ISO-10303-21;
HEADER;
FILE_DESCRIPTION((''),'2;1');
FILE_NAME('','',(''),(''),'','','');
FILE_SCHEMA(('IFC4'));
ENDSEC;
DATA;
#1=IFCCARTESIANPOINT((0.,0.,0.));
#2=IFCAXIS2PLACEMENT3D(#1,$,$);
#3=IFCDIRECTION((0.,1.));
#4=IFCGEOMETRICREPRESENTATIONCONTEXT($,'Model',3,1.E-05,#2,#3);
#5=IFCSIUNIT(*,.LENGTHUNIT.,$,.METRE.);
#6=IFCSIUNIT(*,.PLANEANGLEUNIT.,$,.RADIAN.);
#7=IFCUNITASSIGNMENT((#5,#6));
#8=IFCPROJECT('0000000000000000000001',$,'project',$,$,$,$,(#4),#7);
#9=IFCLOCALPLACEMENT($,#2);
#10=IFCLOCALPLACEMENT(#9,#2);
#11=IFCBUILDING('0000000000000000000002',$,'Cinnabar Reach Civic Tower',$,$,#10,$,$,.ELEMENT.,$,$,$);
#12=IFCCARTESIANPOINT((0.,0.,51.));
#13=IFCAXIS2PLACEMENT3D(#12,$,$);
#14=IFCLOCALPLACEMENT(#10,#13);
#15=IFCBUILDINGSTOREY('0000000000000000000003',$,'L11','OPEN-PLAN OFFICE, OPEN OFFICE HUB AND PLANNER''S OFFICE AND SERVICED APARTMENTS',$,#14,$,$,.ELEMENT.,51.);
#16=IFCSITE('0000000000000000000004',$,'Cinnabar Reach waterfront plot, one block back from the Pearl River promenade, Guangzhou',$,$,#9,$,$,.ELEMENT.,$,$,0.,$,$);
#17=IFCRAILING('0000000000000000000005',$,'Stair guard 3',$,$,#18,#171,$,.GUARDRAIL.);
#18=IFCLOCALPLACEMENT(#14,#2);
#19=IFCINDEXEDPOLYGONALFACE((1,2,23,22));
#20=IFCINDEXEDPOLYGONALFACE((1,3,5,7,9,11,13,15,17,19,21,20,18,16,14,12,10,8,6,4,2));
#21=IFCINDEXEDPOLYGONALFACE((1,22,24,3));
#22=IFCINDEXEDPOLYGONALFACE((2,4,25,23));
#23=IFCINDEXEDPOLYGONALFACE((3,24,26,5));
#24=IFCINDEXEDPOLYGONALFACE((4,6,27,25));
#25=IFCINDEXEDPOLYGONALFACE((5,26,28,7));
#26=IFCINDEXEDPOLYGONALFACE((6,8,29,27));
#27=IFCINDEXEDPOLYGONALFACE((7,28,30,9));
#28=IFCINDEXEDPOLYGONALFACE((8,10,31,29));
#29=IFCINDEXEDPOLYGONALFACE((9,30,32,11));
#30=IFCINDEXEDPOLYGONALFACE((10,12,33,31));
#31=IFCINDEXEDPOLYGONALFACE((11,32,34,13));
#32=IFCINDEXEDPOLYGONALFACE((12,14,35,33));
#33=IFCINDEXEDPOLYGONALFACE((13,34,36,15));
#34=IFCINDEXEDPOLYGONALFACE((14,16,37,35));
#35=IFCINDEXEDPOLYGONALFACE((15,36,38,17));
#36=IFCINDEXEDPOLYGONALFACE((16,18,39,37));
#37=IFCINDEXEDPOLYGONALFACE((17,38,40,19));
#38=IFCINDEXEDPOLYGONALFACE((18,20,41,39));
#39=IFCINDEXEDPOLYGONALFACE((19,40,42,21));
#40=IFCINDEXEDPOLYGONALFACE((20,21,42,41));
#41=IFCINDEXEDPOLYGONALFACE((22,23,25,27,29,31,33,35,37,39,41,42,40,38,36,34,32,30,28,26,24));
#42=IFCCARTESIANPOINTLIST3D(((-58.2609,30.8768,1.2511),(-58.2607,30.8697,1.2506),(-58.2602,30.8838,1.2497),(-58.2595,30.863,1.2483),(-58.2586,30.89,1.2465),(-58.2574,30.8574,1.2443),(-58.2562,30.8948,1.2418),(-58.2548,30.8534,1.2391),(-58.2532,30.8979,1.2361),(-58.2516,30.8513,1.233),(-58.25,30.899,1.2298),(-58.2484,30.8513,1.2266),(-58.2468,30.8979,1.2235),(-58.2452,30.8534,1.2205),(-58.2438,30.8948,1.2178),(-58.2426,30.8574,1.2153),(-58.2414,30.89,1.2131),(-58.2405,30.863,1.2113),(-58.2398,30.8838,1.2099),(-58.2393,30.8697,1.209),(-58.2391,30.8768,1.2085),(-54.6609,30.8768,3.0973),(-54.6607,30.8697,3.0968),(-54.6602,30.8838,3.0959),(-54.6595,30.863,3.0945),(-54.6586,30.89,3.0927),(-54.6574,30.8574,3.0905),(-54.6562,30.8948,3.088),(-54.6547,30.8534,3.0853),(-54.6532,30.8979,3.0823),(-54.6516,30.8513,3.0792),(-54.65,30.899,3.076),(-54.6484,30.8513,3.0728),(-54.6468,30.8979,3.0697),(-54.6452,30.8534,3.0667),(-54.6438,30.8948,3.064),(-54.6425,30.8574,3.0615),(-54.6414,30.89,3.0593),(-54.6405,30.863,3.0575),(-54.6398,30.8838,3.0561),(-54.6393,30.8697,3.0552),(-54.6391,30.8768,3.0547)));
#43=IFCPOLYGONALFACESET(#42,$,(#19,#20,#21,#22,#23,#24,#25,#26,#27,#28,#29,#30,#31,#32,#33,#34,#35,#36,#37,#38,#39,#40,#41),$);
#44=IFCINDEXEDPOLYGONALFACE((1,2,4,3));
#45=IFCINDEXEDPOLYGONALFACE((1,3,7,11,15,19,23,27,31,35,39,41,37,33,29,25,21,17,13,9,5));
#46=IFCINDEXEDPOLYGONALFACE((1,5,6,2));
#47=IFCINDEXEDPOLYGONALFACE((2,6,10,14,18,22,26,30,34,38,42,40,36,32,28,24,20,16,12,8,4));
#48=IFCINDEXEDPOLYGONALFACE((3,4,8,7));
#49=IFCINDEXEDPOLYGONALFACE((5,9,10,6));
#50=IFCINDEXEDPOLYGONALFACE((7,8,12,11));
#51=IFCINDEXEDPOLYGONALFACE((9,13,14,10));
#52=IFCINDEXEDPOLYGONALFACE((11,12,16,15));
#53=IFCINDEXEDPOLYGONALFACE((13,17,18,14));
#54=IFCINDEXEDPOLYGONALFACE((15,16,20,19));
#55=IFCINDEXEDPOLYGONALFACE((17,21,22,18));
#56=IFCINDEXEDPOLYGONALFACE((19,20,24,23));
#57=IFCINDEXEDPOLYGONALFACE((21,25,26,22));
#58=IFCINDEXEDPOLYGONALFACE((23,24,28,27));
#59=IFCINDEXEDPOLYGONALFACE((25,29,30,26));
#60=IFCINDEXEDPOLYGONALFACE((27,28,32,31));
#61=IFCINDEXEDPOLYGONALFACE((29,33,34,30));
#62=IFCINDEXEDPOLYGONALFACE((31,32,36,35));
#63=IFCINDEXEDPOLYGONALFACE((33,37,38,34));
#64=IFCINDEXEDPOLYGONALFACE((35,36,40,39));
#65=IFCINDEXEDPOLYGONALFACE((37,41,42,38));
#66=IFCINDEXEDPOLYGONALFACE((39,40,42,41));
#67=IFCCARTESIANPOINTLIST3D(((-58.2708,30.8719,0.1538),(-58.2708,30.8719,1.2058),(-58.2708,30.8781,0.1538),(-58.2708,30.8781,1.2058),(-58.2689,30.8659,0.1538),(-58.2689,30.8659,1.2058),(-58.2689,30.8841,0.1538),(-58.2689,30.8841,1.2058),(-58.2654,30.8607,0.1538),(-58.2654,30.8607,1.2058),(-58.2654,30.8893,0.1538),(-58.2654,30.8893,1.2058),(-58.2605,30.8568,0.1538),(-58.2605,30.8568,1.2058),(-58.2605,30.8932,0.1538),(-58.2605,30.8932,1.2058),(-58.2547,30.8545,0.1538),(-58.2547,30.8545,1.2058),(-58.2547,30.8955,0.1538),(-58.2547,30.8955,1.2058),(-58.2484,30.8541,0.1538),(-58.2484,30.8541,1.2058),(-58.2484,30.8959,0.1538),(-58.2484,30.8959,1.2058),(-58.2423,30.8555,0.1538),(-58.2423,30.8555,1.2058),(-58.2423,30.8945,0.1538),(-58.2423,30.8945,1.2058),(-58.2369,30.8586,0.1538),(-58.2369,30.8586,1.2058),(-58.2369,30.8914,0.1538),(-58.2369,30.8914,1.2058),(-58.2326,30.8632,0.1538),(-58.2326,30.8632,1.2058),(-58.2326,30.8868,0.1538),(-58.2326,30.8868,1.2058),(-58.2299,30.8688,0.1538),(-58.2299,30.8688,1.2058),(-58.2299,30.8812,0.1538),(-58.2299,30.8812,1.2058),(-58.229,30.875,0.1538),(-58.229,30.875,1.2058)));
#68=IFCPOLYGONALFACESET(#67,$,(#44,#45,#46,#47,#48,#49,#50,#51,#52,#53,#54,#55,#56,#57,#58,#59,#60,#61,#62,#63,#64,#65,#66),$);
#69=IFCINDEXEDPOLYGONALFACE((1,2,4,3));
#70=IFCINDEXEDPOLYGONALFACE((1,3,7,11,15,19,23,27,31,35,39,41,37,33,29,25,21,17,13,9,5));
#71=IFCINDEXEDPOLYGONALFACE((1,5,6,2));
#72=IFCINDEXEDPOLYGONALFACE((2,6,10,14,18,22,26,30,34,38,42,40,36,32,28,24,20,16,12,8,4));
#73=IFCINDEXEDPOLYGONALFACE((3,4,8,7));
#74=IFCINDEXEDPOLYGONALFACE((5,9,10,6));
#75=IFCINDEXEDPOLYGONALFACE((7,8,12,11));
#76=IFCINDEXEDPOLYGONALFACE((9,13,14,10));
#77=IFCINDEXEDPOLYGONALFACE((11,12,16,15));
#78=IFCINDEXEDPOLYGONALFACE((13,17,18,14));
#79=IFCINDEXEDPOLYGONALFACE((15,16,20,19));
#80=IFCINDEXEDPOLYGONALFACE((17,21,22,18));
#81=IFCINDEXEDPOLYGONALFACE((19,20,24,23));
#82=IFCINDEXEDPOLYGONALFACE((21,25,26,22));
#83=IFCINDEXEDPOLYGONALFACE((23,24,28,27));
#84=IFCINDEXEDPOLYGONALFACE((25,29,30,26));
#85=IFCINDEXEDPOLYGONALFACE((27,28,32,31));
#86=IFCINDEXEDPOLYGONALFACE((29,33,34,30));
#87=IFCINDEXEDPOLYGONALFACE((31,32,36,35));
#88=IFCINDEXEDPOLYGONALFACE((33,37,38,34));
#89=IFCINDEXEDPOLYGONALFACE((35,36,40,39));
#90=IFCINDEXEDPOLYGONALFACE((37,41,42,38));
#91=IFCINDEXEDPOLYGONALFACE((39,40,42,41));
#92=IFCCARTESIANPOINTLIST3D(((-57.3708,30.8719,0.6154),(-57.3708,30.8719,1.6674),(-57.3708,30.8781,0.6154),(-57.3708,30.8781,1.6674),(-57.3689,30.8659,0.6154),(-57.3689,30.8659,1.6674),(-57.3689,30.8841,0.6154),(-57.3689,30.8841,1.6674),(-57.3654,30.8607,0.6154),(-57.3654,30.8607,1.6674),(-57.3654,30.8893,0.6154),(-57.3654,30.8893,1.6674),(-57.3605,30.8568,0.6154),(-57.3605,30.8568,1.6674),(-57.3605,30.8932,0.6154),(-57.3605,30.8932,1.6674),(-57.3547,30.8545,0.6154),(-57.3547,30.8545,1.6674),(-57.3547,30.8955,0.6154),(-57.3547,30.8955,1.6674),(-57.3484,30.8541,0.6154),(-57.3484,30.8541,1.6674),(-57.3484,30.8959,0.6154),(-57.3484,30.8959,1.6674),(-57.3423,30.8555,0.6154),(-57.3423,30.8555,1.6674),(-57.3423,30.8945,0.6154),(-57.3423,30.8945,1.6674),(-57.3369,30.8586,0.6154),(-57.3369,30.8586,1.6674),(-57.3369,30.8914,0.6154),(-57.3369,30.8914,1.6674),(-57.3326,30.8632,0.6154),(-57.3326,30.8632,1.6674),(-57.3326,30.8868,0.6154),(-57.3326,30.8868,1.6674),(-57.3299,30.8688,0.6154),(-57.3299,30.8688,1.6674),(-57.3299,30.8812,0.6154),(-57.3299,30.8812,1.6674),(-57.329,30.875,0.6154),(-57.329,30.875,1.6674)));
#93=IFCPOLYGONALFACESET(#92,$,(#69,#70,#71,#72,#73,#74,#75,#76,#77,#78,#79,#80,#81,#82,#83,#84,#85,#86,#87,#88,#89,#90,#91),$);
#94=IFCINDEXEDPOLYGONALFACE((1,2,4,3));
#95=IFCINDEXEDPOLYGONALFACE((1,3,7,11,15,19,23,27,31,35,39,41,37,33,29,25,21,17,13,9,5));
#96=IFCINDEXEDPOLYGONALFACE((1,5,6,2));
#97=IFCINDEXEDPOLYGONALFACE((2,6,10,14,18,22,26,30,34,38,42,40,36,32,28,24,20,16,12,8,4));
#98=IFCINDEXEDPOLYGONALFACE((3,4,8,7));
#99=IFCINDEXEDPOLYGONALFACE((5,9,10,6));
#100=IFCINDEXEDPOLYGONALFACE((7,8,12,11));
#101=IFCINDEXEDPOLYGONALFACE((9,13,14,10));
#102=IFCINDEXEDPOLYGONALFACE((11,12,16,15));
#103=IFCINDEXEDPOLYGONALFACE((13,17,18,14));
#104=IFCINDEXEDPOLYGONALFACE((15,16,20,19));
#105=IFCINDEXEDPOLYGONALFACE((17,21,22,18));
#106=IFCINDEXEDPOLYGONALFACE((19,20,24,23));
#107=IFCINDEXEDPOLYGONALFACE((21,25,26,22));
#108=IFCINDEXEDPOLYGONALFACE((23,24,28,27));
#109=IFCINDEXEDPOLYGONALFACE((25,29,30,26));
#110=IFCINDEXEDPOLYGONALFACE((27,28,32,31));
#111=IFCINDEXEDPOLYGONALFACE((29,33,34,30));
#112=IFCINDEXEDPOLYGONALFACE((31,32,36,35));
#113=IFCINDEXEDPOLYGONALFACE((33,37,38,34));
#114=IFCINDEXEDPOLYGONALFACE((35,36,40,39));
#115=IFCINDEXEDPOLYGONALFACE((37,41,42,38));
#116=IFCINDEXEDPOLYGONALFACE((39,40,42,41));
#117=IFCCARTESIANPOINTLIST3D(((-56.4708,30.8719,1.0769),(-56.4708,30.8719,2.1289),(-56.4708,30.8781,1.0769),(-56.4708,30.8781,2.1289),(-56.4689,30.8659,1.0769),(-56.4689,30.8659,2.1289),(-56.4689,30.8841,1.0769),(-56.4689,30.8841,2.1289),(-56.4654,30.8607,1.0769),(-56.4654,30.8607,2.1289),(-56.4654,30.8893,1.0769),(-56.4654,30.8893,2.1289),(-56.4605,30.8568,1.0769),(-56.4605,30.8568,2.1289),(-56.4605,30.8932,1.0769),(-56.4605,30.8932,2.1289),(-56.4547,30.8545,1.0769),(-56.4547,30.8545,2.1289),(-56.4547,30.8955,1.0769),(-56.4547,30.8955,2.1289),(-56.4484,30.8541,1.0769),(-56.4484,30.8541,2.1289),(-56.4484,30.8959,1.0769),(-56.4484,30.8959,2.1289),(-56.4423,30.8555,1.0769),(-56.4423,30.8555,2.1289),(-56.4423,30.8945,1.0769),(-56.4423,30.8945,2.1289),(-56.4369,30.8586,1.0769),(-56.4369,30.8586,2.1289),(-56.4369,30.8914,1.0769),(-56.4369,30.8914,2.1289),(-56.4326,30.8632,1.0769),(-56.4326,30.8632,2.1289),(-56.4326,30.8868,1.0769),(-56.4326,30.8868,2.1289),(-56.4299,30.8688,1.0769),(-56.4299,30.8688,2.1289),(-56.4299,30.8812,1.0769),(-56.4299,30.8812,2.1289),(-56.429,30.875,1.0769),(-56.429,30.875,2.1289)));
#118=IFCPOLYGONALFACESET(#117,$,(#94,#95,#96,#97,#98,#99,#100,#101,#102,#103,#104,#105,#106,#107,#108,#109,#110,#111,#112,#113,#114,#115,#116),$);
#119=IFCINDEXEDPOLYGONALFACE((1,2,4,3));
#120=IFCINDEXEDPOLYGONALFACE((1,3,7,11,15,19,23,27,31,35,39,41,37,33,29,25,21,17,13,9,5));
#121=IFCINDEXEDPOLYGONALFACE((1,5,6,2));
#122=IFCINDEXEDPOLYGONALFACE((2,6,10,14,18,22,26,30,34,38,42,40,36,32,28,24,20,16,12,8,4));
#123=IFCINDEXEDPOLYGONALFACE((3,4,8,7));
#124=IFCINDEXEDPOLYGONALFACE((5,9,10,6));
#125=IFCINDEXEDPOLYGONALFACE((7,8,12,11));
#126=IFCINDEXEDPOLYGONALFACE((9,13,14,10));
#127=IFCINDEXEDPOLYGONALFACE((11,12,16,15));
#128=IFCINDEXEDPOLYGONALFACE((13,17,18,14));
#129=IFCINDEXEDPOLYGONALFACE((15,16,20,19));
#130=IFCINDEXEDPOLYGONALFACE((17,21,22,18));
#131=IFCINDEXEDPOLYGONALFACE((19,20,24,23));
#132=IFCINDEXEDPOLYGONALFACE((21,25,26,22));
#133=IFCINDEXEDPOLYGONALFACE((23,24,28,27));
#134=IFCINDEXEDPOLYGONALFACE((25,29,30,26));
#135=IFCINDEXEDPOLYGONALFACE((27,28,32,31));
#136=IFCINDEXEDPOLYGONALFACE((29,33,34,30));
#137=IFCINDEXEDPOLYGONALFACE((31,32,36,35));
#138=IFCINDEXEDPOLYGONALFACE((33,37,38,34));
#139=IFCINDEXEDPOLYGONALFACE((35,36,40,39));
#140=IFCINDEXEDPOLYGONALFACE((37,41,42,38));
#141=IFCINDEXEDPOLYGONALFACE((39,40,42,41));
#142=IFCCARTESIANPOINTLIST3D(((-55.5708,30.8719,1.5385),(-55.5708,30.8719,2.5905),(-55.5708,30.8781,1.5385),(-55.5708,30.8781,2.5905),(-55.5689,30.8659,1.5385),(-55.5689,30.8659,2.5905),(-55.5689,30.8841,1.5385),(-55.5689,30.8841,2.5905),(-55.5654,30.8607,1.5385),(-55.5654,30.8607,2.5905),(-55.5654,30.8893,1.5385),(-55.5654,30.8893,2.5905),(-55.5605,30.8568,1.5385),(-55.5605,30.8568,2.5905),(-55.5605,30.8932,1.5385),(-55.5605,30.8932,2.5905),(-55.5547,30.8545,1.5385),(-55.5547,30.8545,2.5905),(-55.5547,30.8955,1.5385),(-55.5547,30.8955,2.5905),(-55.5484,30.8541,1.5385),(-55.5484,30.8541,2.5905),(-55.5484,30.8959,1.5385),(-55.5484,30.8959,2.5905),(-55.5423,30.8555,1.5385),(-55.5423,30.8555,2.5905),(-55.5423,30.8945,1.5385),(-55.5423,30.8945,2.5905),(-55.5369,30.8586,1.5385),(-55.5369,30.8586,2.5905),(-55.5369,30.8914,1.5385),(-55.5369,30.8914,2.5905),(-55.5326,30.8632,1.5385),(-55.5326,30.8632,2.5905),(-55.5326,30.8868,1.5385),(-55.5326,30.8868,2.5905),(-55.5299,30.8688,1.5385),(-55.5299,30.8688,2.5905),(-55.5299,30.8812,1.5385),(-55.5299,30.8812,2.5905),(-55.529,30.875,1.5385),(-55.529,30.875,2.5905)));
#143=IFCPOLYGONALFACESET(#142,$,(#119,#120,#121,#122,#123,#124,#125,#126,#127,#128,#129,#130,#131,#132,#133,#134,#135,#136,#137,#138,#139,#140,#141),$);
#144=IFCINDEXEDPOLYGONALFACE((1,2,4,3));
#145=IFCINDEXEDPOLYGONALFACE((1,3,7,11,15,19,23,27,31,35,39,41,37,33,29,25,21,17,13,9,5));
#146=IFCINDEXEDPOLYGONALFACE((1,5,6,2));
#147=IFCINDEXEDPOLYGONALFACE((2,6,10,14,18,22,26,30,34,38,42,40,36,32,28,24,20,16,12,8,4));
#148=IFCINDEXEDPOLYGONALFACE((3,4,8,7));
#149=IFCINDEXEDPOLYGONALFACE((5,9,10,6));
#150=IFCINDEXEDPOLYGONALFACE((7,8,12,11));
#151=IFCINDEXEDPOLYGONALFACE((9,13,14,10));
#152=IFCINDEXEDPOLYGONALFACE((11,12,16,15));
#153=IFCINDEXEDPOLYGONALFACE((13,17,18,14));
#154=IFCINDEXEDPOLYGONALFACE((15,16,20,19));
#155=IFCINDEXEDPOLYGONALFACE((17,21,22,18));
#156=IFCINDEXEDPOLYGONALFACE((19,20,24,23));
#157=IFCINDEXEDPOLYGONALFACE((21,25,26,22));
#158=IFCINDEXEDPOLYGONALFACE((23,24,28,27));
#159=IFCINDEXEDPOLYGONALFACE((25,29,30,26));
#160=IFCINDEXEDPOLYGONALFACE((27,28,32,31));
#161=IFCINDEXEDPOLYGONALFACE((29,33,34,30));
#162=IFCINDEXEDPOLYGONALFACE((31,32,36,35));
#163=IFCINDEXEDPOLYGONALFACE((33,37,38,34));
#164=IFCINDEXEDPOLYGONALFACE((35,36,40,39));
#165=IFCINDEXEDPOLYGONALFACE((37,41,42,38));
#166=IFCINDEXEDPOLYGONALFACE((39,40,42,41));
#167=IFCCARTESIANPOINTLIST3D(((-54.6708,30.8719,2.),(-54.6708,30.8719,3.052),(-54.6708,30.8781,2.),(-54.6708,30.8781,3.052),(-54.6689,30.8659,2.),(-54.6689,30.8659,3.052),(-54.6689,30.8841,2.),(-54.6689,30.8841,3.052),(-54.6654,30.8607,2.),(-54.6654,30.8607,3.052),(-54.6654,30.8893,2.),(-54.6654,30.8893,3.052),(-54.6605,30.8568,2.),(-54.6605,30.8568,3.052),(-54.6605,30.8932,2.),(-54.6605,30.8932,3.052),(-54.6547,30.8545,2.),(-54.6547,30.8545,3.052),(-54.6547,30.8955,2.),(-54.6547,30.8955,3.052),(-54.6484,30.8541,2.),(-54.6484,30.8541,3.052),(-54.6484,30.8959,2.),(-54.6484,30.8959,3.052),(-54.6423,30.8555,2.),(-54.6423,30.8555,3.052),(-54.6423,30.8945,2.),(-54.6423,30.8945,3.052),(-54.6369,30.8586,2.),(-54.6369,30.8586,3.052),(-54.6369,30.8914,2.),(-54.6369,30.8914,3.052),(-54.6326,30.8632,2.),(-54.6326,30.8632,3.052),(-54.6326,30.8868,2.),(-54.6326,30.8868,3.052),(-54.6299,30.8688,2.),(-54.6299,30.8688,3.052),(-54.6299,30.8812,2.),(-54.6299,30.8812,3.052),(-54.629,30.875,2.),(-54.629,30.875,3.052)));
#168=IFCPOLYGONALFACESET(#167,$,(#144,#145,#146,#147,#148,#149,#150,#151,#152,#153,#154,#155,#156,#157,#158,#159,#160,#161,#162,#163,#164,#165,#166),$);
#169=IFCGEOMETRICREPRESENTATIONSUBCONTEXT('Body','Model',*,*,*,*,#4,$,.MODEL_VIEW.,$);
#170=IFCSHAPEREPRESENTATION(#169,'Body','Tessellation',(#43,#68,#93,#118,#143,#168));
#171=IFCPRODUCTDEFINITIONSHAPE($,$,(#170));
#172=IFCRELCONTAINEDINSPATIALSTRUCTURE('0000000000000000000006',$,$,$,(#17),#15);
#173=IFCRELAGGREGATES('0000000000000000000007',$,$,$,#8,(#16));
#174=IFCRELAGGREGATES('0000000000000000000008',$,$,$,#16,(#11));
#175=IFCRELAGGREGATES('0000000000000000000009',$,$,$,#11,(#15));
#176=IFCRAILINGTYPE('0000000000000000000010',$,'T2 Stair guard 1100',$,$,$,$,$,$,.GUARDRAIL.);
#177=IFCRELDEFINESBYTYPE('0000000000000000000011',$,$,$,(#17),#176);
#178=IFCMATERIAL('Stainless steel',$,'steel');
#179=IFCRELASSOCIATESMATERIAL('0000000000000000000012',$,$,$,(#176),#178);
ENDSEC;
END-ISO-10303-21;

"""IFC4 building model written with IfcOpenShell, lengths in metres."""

from ifc_helpers import new_model, si_unit, direction, frame, origin, origin_2d, place, context, subcontext, project, spatial, circle, extrude, material, type_object, element, save


model = new_model("IFC4")

# Units and contexts
model_context = context("Model", 3, precision=1e-05, world=origin(), true_north=direction((0.0, 1.0)))
body_context = subcontext(model_context, "Body", "Model", "MODEL_VIEW")
ifc_project = project(units=[si_unit("LENGTHUNIT", "METRE"), si_unit("PLANEANGLEUNIT", "RADIAN")], contexts=[model_context])

# Site, building, storey
site_placement = place(None, origin())
site = spatial("IfcSite", under=ifc_project, at=site_placement, Name="Cinnabar Reach waterfront plot, one block back from the Pearl River promenade, Guangzhou", CompositionType="ELEMENT", RefElevation=0.0)
building_placement = place(site_placement, origin())
building = spatial("IfcBuilding", under=site, at=building_placement, Name="Cinnabar Reach Civic Tower", CompositionType="ELEMENT")
storey_placement = place(building_placement, frame((0.0, 0.0, 51.0)))
storey = spatial("IfcBuildingStorey", under=building, at=storey_placement, Name="L11", Description="OPEN-PLAN OFFICE, OPEN OFFICE HUB AND PLANNER'S OFFICE AND SERVICED APARTMENTS", CompositionType="ELEMENT", Elevation=51.0)

# Railing
ifc_material_1 = material(Name="Stainless steel", Category="steel")
railing_type = type_object("IfcRailingType", Name="T2 Stair guard 1100", PredefinedType="GUARDRAIL", material=ifc_material_1)
railing_1_placement = place(storey_placement, frame((-58.25, 30.875, 0.1538)))
element("IfcRailing", 1, at=railing_1_placement, inside=storey, type_object=railing_type, Name="Stair guard 3", PredefinedType="GUARDRAIL", context=body_context, shape_type="SweptSolid", body=[
    extrude(circle(Radius=0.024, at=origin_2d()), frame((0.0, 0.0, 1.076), z_axis=(0.889813, 0.0, 0.456326), x_axis=(0.0, 1.0, 0.0)), (0.0, 0.0, 1.0), 4.0458),
    extrude(circle(Radius=0.021, at=origin_2d()), origin(), (0.0, 0.0, 1.0), 1.052),
    extrude(circle(Radius=0.021, at=origin_2d()), frame((0.9, 0.0, 0.4616)), (0.0, 0.0, 1.0), 1.052),
    extrude(circle(Radius=0.021, at=origin_2d()), frame((1.8, 0.0, 0.9231)), (0.0, 0.0, 1.0), 1.052),
    extrude(circle(Radius=0.021, at=origin_2d()), frame((2.7, 0.0, 1.3847)), (0.0, 0.0, 1.0), 1.052),
    extrude(circle(Radius=0.021, at=origin_2d()), frame((3.6, 0.0, 1.8462)), (0.0, 0.0, 1.0), 1.052),
])

save(model, "model.ifc")
